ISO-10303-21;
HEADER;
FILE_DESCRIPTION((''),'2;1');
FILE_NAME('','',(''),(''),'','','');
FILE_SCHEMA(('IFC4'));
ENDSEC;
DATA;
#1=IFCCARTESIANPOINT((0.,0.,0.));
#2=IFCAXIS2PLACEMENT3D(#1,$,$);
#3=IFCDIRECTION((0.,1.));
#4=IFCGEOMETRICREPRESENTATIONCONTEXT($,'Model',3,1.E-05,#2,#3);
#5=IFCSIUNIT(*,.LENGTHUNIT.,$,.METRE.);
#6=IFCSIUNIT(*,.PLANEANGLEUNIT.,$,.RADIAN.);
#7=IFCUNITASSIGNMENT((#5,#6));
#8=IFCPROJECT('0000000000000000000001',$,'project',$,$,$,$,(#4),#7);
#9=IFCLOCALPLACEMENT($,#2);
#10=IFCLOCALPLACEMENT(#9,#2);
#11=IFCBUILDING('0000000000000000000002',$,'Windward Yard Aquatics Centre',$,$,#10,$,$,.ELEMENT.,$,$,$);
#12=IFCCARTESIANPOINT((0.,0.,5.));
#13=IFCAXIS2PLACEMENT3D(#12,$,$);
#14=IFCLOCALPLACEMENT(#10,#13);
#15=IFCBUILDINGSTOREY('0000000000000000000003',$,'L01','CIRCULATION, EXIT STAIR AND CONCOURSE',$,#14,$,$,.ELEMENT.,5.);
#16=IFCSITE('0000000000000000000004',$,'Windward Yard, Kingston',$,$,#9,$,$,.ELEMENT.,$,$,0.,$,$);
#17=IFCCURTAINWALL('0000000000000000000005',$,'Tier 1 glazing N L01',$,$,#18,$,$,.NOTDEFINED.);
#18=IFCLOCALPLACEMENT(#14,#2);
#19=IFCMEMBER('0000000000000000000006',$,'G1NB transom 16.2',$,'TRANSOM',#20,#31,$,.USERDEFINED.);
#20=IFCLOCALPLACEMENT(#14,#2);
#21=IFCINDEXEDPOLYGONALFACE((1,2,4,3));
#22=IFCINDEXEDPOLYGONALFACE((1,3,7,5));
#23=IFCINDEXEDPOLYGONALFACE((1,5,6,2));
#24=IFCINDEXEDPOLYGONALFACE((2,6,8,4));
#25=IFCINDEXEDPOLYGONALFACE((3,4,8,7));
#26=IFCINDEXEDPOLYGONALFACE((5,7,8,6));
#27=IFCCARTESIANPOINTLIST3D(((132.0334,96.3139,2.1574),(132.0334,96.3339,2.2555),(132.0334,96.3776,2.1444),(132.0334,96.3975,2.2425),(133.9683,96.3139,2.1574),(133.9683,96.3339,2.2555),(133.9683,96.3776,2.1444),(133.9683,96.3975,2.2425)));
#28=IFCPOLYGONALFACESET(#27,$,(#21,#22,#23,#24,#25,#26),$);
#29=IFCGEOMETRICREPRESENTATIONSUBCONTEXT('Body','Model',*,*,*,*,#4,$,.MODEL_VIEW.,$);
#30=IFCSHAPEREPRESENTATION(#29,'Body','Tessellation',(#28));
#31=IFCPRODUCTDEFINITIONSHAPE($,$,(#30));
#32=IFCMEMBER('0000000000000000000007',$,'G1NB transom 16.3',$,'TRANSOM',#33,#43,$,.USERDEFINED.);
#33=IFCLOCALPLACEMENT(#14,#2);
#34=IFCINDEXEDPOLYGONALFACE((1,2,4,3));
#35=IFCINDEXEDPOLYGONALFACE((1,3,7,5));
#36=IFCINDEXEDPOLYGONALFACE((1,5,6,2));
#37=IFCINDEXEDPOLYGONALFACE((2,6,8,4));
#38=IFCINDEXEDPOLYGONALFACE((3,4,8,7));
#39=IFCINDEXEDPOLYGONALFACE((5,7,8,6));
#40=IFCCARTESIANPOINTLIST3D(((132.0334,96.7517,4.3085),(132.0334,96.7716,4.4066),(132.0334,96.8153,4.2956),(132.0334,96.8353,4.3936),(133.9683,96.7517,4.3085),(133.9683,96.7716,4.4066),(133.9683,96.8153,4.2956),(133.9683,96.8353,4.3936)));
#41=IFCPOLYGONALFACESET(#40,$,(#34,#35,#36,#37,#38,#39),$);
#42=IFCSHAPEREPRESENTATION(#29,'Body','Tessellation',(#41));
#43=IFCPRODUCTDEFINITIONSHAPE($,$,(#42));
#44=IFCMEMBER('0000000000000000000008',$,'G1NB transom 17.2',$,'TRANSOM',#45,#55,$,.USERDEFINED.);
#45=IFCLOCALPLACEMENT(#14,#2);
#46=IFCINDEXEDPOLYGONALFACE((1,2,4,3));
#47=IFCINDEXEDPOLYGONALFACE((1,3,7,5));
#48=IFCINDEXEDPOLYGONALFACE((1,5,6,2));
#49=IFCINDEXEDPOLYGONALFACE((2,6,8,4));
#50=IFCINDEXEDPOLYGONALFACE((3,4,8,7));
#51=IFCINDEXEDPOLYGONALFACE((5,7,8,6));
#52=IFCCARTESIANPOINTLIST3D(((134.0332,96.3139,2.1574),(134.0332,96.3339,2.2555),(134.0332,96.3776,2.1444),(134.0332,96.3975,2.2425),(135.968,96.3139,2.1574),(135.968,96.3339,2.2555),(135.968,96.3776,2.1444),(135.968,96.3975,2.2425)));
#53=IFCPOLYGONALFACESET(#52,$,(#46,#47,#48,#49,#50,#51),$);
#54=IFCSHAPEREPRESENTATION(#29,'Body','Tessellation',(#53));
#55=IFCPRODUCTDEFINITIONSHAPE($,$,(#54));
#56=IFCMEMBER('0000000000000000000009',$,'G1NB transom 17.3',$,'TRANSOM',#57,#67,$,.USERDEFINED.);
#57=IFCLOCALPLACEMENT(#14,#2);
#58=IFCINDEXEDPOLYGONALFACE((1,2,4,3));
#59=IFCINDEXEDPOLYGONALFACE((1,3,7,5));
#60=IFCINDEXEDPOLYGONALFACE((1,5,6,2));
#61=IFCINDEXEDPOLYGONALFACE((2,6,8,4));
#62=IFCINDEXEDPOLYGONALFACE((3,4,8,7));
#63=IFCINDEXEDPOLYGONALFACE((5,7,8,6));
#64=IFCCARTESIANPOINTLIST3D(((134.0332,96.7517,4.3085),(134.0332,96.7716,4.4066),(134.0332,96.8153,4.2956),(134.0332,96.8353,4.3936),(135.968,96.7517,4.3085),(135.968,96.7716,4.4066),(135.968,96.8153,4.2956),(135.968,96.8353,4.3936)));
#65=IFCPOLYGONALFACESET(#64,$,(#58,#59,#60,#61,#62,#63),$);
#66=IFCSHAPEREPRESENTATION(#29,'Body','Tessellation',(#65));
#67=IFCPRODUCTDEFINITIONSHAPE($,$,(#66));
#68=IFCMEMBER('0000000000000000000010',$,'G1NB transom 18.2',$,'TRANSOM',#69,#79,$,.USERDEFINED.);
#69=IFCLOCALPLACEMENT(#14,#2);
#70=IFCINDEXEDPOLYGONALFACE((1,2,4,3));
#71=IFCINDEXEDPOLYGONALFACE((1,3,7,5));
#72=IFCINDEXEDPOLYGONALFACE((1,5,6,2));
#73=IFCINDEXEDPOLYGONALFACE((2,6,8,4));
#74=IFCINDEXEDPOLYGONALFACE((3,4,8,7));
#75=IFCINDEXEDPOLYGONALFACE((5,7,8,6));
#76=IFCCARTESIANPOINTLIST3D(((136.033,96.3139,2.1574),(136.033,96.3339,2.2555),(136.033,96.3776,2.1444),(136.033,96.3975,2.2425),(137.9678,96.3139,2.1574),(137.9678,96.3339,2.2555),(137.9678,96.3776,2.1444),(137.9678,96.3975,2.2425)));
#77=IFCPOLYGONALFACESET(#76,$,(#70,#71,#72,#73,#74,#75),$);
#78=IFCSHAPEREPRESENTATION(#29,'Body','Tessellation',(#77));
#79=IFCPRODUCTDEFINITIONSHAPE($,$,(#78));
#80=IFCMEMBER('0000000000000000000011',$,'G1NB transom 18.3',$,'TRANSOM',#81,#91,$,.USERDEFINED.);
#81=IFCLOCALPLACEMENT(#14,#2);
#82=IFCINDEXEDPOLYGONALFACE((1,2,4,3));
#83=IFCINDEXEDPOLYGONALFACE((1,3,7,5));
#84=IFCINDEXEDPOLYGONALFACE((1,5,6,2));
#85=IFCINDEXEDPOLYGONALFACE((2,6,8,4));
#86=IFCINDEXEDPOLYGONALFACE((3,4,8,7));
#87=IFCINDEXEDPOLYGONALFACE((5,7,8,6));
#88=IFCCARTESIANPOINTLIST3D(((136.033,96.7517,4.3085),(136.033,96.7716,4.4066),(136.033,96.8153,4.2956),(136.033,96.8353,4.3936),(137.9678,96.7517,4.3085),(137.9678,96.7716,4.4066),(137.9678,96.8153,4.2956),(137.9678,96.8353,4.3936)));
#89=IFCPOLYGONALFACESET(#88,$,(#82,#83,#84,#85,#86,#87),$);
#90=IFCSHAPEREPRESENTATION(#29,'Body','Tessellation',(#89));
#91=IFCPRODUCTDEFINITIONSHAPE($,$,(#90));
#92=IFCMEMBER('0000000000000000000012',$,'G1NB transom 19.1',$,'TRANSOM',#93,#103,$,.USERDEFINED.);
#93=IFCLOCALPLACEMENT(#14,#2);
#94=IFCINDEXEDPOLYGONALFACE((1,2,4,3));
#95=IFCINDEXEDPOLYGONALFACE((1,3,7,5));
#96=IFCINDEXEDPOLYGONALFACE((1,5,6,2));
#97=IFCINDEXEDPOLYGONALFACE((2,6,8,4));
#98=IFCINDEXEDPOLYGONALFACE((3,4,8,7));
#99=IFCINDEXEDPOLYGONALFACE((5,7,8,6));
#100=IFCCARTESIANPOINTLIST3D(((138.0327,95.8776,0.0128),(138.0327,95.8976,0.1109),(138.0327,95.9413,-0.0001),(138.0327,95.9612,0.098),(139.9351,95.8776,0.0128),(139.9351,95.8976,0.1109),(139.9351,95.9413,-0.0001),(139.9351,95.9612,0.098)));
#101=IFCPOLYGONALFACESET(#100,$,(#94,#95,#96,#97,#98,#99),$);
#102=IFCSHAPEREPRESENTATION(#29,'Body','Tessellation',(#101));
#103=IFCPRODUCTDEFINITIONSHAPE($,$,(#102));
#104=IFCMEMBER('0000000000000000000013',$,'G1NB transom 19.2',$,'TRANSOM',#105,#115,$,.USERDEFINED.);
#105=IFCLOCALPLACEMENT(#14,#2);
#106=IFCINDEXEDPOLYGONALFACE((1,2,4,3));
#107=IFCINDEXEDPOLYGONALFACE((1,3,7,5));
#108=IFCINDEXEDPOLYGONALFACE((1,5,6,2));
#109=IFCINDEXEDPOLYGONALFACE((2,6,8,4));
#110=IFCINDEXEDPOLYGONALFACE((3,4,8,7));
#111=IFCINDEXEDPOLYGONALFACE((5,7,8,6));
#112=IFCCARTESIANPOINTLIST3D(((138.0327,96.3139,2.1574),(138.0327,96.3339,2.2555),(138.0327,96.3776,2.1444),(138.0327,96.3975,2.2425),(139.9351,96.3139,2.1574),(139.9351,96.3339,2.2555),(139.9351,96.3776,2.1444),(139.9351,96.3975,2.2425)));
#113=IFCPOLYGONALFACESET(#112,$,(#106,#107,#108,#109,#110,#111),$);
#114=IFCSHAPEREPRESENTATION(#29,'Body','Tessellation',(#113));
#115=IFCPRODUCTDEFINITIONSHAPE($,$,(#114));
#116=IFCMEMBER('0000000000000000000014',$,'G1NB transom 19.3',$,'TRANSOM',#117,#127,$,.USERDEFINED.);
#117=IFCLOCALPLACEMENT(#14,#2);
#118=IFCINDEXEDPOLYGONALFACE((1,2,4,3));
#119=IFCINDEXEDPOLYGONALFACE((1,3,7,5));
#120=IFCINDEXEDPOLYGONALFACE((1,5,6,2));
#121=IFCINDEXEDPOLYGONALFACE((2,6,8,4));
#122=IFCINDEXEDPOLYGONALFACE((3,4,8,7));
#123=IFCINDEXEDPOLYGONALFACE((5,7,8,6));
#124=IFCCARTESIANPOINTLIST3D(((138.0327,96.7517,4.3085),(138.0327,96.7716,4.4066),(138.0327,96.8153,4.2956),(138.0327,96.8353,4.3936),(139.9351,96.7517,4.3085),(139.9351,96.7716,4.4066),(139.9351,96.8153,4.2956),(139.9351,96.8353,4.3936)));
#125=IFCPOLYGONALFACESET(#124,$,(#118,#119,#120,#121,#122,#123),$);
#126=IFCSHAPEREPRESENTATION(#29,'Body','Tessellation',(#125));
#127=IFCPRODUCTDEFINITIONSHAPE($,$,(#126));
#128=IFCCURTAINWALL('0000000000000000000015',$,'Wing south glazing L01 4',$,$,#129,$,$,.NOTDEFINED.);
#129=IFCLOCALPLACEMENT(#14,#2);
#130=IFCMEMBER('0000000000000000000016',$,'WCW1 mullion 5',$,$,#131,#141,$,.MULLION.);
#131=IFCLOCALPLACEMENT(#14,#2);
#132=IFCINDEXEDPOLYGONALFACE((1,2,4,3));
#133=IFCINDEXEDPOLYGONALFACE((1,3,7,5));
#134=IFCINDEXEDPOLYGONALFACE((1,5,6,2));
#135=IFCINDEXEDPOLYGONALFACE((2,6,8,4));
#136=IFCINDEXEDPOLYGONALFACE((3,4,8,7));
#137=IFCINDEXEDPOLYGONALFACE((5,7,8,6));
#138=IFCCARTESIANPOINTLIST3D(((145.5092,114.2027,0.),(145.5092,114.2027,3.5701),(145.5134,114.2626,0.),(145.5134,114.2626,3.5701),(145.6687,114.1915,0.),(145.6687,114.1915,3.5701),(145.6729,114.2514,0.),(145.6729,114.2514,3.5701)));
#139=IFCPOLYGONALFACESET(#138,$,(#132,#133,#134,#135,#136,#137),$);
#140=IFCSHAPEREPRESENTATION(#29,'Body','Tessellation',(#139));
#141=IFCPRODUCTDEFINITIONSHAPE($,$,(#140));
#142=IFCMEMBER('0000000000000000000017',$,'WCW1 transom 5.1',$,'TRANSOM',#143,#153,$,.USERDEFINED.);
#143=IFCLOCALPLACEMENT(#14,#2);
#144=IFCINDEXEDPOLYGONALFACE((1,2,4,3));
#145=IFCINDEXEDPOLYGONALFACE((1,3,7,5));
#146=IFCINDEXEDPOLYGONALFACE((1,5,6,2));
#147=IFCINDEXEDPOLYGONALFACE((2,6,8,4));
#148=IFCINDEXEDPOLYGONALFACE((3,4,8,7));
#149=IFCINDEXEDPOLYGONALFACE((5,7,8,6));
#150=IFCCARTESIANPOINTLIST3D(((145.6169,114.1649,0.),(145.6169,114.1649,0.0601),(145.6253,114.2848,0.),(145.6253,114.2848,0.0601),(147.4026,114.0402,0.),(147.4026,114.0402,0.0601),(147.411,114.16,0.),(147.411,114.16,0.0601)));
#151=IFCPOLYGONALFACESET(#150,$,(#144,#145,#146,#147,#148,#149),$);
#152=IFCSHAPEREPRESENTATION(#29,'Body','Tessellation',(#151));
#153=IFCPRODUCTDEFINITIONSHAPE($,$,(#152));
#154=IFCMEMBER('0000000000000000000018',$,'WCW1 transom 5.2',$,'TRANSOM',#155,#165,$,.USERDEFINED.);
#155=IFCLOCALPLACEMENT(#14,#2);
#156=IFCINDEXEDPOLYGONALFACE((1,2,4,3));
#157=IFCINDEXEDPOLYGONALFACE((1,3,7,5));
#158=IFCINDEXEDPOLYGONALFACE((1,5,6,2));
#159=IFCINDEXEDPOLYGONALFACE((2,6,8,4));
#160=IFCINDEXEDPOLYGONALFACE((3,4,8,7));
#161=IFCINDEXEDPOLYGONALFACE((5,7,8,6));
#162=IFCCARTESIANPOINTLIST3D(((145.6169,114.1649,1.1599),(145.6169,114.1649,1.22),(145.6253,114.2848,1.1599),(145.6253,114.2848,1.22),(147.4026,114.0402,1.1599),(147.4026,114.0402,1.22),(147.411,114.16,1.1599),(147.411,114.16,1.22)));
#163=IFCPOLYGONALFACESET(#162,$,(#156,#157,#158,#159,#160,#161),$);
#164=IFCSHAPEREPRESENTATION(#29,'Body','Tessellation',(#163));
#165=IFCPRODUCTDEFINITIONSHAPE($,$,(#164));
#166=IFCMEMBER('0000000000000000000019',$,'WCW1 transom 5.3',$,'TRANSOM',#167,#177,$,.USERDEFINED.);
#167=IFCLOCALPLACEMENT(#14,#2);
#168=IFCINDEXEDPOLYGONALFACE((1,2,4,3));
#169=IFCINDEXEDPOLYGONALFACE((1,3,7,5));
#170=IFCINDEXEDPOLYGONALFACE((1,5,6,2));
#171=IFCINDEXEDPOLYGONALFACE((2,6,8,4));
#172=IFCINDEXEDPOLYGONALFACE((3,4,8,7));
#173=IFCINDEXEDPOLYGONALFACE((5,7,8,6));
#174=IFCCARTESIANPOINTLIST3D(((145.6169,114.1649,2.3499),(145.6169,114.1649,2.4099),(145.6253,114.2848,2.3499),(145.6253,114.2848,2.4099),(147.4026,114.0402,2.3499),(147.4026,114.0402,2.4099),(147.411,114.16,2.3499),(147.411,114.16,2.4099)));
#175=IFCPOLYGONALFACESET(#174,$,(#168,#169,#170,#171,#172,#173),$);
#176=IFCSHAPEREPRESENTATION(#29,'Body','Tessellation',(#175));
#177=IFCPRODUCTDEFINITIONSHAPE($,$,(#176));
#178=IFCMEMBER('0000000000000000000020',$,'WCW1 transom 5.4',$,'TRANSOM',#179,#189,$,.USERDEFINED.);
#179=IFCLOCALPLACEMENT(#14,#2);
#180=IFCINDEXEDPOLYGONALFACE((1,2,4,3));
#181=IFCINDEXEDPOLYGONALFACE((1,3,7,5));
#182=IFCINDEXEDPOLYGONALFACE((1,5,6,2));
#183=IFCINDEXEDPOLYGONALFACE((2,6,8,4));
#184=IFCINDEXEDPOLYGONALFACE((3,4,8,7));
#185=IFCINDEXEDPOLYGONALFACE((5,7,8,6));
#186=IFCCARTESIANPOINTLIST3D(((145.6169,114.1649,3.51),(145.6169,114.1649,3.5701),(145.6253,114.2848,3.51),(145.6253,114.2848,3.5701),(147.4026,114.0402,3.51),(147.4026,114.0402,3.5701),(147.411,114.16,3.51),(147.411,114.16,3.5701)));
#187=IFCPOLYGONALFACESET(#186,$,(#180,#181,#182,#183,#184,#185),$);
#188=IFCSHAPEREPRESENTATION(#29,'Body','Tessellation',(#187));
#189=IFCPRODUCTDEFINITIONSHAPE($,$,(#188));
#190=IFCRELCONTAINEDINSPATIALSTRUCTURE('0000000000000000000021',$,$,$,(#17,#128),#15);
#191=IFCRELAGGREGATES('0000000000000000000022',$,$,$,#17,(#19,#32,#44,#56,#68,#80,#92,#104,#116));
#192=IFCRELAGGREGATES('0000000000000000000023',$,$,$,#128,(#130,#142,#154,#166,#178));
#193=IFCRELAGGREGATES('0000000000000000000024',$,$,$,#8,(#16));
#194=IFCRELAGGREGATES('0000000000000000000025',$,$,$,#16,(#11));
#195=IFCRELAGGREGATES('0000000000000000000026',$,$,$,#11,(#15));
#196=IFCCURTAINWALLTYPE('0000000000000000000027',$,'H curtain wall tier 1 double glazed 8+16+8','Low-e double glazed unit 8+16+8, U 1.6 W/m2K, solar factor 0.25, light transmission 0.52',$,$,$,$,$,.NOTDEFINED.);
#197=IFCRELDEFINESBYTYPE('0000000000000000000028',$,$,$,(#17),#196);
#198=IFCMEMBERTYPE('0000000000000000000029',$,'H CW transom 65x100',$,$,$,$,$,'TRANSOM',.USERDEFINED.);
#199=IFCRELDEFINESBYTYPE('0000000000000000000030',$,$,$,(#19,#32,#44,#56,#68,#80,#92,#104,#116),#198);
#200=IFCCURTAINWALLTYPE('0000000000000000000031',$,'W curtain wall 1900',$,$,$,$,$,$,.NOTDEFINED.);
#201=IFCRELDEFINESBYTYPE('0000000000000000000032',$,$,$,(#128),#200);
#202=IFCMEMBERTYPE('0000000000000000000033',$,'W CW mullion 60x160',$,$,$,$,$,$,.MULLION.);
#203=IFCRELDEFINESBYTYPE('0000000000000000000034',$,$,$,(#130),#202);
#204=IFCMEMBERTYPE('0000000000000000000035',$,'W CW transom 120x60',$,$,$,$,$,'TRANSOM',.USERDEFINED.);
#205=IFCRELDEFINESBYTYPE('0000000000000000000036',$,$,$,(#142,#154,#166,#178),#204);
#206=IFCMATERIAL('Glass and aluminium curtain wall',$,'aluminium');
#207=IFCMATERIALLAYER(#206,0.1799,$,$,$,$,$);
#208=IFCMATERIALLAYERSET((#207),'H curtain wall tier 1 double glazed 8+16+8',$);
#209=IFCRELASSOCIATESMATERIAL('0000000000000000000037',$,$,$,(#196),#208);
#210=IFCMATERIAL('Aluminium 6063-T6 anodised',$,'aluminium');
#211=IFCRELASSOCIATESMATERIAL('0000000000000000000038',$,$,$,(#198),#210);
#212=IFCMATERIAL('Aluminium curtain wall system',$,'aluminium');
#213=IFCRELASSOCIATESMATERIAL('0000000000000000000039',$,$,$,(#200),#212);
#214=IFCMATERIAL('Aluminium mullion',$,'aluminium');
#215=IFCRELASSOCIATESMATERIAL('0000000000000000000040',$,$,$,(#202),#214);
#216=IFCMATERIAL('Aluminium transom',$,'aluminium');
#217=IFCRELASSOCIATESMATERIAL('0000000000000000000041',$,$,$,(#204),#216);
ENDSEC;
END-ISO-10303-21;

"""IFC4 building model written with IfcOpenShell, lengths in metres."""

from ifc_helpers import new_model, si_unit, direction, frame, origin, origin_2d, place, context, subcontext, project, spatial, rectangle, extrude, material, layer, layer_set, material_profile, profile_set, type_object, element, aggregate, save


model = new_model("IFC4")

# Units and contexts
model_context = context("Model", 3, precision=1e-05, world=origin(), true_north=direction((0.0, 1.0)))
body_context = subcontext(model_context, "Body", "Model", "MODEL_VIEW")
ifc_project = project(units=[si_unit("LENGTHUNIT", "METRE"), si_unit("PLANEANGLEUNIT", "RADIAN")], contexts=[model_context])

# Site, building, storey
site_placement = place(None, origin())
site = spatial("IfcSite", under=ifc_project, at=site_placement, Name="Windward Yard, Kingston", CompositionType="ELEMENT", RefElevation=0.0)
building_placement = place(site_placement, origin())
building = spatial("IfcBuilding", under=site, at=building_placement, Name="Windward Yard Aquatics Centre", CompositionType="ELEMENT")
storey_placement = place(building_placement, frame((0.0, 0.0, 5.0)))
storey = spatial("IfcBuildingStorey", under=building, at=storey_placement, Name="L01", Description="CIRCULATION, EXIT STAIR AND CONCOURSE", CompositionType="ELEMENT", Elevation=5.0)

# Curtain walls, members
ifc_material_1 = material(Name="Glass and aluminium curtain wall", Category="aluminium")
ifc_layer_1 = layer(ifc_material_1, 0.1799)
ifc_layer_set_1 = layer_set([ifc_layer_1], Name="H curtain wall tier 1 double glazed 8+16+8")
curtain_wall_type_1 = type_object("IfcCurtainWallType", Name="H curtain wall tier 1 double glazed 8+16+8", Description="Low-e double glazed unit 8+16+8, U 1.6 W/m2K, solar factor 0.25, light transmission 0.52", PredefinedType="NOTDEFINED", material=ifc_layer_set_1)
curtain_wall_1_placement = place(storey_placement, origin())
curtain_wall_1 = element("IfcCurtainWall", 1, at=curtain_wall_1_placement, inside=storey, type_object=curtain_wall_type_1, Name="Tier 1 glazing N L01", PredefinedType="NOTDEFINED")
ifc_material_2 = material(Name="Aluminium 6063-T6 anodised", Category="aluminium")
ifc_material_profile_1 = material_profile(ifc_material_2, rectangle(XDim=0.0649, YDim=0.1001, at=origin_2d()), Name="H CW transom 65x100")
ifc_profile_set_1 = profile_set([ifc_material_profile_1], Name="Aluminium 6063-T6 anodised")
member_type_1 = type_object("IfcMemberType", Name="H CW transom 65x100", ElementType="TRANSOM", PredefinedType="USERDEFINED", material=ifc_profile_set_1)
member_1_placement = place(storey_placement, frame((132.0334, 96.3557, 2.2), z_axis=(1.0, 0.0, 0.0), x_axis=(0.0, -0.979925, 0.199368)))
member_1 = element("IfcMember", 2, at=member_1_placement, type_object=member_type_1, Name="G1NB transom 16.2", ObjectType="TRANSOM", PredefinedType="USERDEFINED", context=body_context, shape_type="SweptSolid", body=[
    extrude(rectangle(XDim=0.0649, YDim=0.1001, at=origin_2d()), origin(), (0.0, 0.0, 1.0), 1.9348),
])
member_2_placement = place(storey_placement, frame((132.0334, 96.7935, 4.3511), z_axis=(1.0, 0.0, 0.0), x_axis=(0.0, -0.979925, 0.199368)))
member_2 = element("IfcMember", 3, at=member_2_placement, type_object=member_type_1, Name="G1NB transom 16.3", ObjectType="TRANSOM", PredefinedType="USERDEFINED", context=body_context, shape_type="SweptSolid", body=[
    extrude(rectangle(XDim=0.0649, YDim=0.1001, at=origin_2d()), origin(), (0.0, 0.0, 1.0), 1.9348),
])
member_3_placement = place(storey_placement, frame((134.0332, 96.3557, 2.2), z_axis=(1.0, 0.0, 0.0), x_axis=(0.0, -0.979925, 0.199368)))
member_3 = element("IfcMember", 4, at=member_3_placement, type_object=member_type_1, Name="G1NB transom 17.2", ObjectType="TRANSOM", PredefinedType="USERDEFINED", context=body_context, shape_type="SweptSolid", body=[
    extrude(rectangle(XDim=0.0649, YDim=0.1001, at=origin_2d()), origin(), (0.0, 0.0, 1.0), 1.9348),
])
member_4_placement = place(storey_placement, frame((134.0332, 96.7935, 4.3511), z_axis=(1.0, 0.0, 0.0), x_axis=(0.0, -0.979925, 0.199368)))
member_4 = element("IfcMember", 5, at=member_4_placement, type_object=member_type_1, Name="G1NB transom 17.3", ObjectType="TRANSOM", PredefinedType="USERDEFINED", context=body_context, shape_type="SweptSolid", body=[
    extrude(rectangle(XDim=0.0649, YDim=0.1001, at=origin_2d()), origin(), (0.0, 0.0, 1.0), 1.9348),
])
member_5_placement = place(storey_placement, frame((136.033, 96.3557, 2.2), z_axis=(1.0, 0.0, 0.0), x_axis=(0.0, -0.979925, 0.199368)))
member_5 = element("IfcMember", 6, at=member_5_placement, type_object=member_type_1, Name="G1NB transom 18.2", ObjectType="TRANSOM", PredefinedType="USERDEFINED", context=body_context, shape_type="SweptSolid", body=[
    extrude(rectangle(XDim=0.0649, YDim=0.1001, at=origin_2d()), origin(), (0.0, 0.0, 1.0), 1.9348),
])
member_6_placement = place(storey_placement, frame((136.033, 96.7935, 4.3511), z_axis=(1.0, 0.0, 0.0), x_axis=(0.0, -0.979925, 0.199368)))
member_6 = element("IfcMember", 7, at=member_6_placement, type_object=member_type_1, Name="G1NB transom 18.3", ObjectType="TRANSOM", PredefinedType="USERDEFINED", context=body_context, shape_type="SweptSolid", body=[
    extrude(rectangle(XDim=0.0649, YDim=0.1001, at=origin_2d()), origin(), (0.0, 0.0, 1.0), 1.9348),
])
member_7_placement = place(storey_placement, frame((138.0327, 95.9194, 0.0554), z_axis=(1.0, 0.0, 0.0), x_axis=(0.0, -0.979925, 0.199368)))
member_7 = element("IfcMember", 8, at=member_7_placement, type_object=member_type_1, Name="G1NB transom 19.1", ObjectType="TRANSOM", PredefinedType="USERDEFINED", context=body_context, shape_type="SweptSolid", body=[
    extrude(rectangle(XDim=0.0649, YDim=0.1001, at=origin_2d()), origin(), (0.0, 0.0, 1.0), 1.9023),
])
member_8_placement = place(storey_placement, frame((138.0327, 96.3557, 2.2), z_axis=(1.0, 0.0, 0.0), x_axis=(0.0, -0.979925, 0.199368)))
member_8 = element("IfcMember", 9, at=member_8_placement, type_object=member_type_1, Name="G1NB transom 19.2", ObjectType="TRANSOM", PredefinedType="USERDEFINED", context=body_context, shape_type="SweptSolid", body=[
    extrude(rectangle(XDim=0.0649, YDim=0.1001, at=origin_2d()), origin(), (0.0, 0.0, 1.0), 1.9023),
])
member_9_placement = place(storey_placement, frame((138.0327, 96.7935, 4.3511), z_axis=(1.0, 0.0, 0.0), x_axis=(0.0, -0.979925, 0.199368)))
member_9 = element("IfcMember", 10, at=member_9_placement, type_object=member_type_1, Name="G1NB transom 19.3", ObjectType="TRANSOM", PredefinedType="USERDEFINED", context=body_context, shape_type="SweptSolid", body=[
    extrude(rectangle(XDim=0.0649, YDim=0.1001, at=origin_2d()), origin(), (0.0, 0.0, 1.0), 1.9023),
])
ifc_material_3 = material(Name="Aluminium curtain wall system", Category="aluminium")
curtain_wall_type_2 = type_object("IfcCurtainWallType", Name="W curtain wall 1900", PredefinedType="NOTDEFINED", material=ifc_material_3)
curtain_wall_2_placement = place(storey_placement, origin())
curtain_wall_2 = element("IfcCurtainWall", 11, at=curtain_wall_2_placement, inside=storey, type_object=curtain_wall_type_2, Name="Wing south glazing L01 4", PredefinedType="NOTDEFINED")
ifc_material_4 = material(Name="Aluminium mullion", Category="aluminium")
ifc_material_profile_2 = material_profile(ifc_material_4, rectangle(XDim=0.0601, YDim=0.1599, at=origin_2d()), Name="AL 60x160")
ifc_profile_set_2 = profile_set([ifc_material_profile_2], Name="Aluminium mullion")
member_type_2 = type_object("IfcMemberType", Name="W CW mullion 60x160", PredefinedType="MULLION", material=ifc_profile_set_2)
member_10_placement = place(storey_placement, frame((145.5911, 114.2271, 0.0), z_axis=(0.0, 0.0, 1.0), x_axis=(0.069755, 0.997564, 0.0)))
member_10 = element("IfcMember", 12, at=member_10_placement, type_object=member_type_2, Name="WCW1 mullion 5", PredefinedType="MULLION", context=body_context, shape_type="SweptSolid", body=[
    extrude(rectangle(XDim=0.0601, YDim=0.1599, at=origin_2d()), origin(), (0.0, 0.0, 1.0), 3.5701),
])
ifc_material_5 = material(Name="Aluminium transom", Category="aluminium")
ifc_material_profile_3 = material_profile(ifc_material_5, rectangle(XDim=0.1201, YDim=0.0601, at=origin_2d()), Name="AL 120x60")
ifc_profile_set_3 = profile_set([ifc_material_profile_3], Name="Aluminium transom")
member_type_3 = type_object("IfcMemberType", Name="W CW transom 120x60", ElementType="TRANSOM", PredefinedType="USERDEFINED", material=ifc_profile_set_3)
member_11_placement = place(storey_placement, frame((145.6211, 114.2249, 0.03), z_axis=(0.997568, -0.069696, 0.0), x_axis=(0.069696, 0.997568, 0.0)))
member_11 = element("IfcMember", 13, at=member_11_placement, type_object=member_type_3, Name="WCW1 transom 5.1", ObjectType="TRANSOM", PredefinedType="USERDEFINED", context=body_context, shape_type="SweptSolid", body=[
    extrude(rectangle(XDim=0.1201, YDim=0.0601, at=origin_2d()), origin(), (0.0, 0.0, 1.0), 1.79),
])
member_12_placement = place(storey_placement, frame((145.6211, 114.2249, 1.1899), z_axis=(0.997568, -0.069696, 0.0), x_axis=(0.069696, 0.997568, 0.0)))
member_12 = element("IfcMember", 14, at=member_12_placement, type_object=member_type_3, Name="WCW1 transom 5.2", ObjectType="TRANSOM", PredefinedType="USERDEFINED", context=body_context, shape_type="SweptSolid", body=[
    extrude(rectangle(XDim=0.1201, YDim=0.0601, at=origin_2d()), origin(), (0.0, 0.0, 1.0), 1.79),
])
member_13_placement = place(storey_placement, frame((145.6211, 114.2249, 2.3799), z_axis=(0.997568, -0.069696, 0.0), x_axis=(0.069696, 0.997568, 0.0)))
member_13 = element("IfcMember", 15, at=member_13_placement, type_object=member_type_3, Name="WCW1 transom 5.3", ObjectType="TRANSOM", PredefinedType="USERDEFINED", context=body_context, shape_type="SweptSolid", body=[
    extrude(rectangle(XDim=0.1201, YDim=0.0601, at=origin_2d()), origin(), (0.0, 0.0, 1.0), 1.79),
])
member_14_placement = place(storey_placement, frame((145.6211, 114.2249, 3.54), z_axis=(0.997568, -0.069696, 0.0), x_axis=(0.069696, 0.997568, 0.0)))
member_14 = element("IfcMember", 16, at=member_14_placement, type_object=member_type_3, Name="WCW1 transom 5.4", ObjectType="TRANSOM", PredefinedType="USERDEFINED", context=body_context, shape_type="SweptSolid", body=[
    extrude(rectangle(XDim=0.1201, YDim=0.0601, at=origin_2d()), origin(), (0.0, 0.0, 1.0), 1.79),
])

aggregate(curtain_wall_1, [member_1, member_2, member_3, member_4, member_5, member_6, member_7, member_8, member_9])
aggregate(curtain_wall_2, [member_10, member_11, member_12, member_13, member_14])

save(model, "model.ifc")
